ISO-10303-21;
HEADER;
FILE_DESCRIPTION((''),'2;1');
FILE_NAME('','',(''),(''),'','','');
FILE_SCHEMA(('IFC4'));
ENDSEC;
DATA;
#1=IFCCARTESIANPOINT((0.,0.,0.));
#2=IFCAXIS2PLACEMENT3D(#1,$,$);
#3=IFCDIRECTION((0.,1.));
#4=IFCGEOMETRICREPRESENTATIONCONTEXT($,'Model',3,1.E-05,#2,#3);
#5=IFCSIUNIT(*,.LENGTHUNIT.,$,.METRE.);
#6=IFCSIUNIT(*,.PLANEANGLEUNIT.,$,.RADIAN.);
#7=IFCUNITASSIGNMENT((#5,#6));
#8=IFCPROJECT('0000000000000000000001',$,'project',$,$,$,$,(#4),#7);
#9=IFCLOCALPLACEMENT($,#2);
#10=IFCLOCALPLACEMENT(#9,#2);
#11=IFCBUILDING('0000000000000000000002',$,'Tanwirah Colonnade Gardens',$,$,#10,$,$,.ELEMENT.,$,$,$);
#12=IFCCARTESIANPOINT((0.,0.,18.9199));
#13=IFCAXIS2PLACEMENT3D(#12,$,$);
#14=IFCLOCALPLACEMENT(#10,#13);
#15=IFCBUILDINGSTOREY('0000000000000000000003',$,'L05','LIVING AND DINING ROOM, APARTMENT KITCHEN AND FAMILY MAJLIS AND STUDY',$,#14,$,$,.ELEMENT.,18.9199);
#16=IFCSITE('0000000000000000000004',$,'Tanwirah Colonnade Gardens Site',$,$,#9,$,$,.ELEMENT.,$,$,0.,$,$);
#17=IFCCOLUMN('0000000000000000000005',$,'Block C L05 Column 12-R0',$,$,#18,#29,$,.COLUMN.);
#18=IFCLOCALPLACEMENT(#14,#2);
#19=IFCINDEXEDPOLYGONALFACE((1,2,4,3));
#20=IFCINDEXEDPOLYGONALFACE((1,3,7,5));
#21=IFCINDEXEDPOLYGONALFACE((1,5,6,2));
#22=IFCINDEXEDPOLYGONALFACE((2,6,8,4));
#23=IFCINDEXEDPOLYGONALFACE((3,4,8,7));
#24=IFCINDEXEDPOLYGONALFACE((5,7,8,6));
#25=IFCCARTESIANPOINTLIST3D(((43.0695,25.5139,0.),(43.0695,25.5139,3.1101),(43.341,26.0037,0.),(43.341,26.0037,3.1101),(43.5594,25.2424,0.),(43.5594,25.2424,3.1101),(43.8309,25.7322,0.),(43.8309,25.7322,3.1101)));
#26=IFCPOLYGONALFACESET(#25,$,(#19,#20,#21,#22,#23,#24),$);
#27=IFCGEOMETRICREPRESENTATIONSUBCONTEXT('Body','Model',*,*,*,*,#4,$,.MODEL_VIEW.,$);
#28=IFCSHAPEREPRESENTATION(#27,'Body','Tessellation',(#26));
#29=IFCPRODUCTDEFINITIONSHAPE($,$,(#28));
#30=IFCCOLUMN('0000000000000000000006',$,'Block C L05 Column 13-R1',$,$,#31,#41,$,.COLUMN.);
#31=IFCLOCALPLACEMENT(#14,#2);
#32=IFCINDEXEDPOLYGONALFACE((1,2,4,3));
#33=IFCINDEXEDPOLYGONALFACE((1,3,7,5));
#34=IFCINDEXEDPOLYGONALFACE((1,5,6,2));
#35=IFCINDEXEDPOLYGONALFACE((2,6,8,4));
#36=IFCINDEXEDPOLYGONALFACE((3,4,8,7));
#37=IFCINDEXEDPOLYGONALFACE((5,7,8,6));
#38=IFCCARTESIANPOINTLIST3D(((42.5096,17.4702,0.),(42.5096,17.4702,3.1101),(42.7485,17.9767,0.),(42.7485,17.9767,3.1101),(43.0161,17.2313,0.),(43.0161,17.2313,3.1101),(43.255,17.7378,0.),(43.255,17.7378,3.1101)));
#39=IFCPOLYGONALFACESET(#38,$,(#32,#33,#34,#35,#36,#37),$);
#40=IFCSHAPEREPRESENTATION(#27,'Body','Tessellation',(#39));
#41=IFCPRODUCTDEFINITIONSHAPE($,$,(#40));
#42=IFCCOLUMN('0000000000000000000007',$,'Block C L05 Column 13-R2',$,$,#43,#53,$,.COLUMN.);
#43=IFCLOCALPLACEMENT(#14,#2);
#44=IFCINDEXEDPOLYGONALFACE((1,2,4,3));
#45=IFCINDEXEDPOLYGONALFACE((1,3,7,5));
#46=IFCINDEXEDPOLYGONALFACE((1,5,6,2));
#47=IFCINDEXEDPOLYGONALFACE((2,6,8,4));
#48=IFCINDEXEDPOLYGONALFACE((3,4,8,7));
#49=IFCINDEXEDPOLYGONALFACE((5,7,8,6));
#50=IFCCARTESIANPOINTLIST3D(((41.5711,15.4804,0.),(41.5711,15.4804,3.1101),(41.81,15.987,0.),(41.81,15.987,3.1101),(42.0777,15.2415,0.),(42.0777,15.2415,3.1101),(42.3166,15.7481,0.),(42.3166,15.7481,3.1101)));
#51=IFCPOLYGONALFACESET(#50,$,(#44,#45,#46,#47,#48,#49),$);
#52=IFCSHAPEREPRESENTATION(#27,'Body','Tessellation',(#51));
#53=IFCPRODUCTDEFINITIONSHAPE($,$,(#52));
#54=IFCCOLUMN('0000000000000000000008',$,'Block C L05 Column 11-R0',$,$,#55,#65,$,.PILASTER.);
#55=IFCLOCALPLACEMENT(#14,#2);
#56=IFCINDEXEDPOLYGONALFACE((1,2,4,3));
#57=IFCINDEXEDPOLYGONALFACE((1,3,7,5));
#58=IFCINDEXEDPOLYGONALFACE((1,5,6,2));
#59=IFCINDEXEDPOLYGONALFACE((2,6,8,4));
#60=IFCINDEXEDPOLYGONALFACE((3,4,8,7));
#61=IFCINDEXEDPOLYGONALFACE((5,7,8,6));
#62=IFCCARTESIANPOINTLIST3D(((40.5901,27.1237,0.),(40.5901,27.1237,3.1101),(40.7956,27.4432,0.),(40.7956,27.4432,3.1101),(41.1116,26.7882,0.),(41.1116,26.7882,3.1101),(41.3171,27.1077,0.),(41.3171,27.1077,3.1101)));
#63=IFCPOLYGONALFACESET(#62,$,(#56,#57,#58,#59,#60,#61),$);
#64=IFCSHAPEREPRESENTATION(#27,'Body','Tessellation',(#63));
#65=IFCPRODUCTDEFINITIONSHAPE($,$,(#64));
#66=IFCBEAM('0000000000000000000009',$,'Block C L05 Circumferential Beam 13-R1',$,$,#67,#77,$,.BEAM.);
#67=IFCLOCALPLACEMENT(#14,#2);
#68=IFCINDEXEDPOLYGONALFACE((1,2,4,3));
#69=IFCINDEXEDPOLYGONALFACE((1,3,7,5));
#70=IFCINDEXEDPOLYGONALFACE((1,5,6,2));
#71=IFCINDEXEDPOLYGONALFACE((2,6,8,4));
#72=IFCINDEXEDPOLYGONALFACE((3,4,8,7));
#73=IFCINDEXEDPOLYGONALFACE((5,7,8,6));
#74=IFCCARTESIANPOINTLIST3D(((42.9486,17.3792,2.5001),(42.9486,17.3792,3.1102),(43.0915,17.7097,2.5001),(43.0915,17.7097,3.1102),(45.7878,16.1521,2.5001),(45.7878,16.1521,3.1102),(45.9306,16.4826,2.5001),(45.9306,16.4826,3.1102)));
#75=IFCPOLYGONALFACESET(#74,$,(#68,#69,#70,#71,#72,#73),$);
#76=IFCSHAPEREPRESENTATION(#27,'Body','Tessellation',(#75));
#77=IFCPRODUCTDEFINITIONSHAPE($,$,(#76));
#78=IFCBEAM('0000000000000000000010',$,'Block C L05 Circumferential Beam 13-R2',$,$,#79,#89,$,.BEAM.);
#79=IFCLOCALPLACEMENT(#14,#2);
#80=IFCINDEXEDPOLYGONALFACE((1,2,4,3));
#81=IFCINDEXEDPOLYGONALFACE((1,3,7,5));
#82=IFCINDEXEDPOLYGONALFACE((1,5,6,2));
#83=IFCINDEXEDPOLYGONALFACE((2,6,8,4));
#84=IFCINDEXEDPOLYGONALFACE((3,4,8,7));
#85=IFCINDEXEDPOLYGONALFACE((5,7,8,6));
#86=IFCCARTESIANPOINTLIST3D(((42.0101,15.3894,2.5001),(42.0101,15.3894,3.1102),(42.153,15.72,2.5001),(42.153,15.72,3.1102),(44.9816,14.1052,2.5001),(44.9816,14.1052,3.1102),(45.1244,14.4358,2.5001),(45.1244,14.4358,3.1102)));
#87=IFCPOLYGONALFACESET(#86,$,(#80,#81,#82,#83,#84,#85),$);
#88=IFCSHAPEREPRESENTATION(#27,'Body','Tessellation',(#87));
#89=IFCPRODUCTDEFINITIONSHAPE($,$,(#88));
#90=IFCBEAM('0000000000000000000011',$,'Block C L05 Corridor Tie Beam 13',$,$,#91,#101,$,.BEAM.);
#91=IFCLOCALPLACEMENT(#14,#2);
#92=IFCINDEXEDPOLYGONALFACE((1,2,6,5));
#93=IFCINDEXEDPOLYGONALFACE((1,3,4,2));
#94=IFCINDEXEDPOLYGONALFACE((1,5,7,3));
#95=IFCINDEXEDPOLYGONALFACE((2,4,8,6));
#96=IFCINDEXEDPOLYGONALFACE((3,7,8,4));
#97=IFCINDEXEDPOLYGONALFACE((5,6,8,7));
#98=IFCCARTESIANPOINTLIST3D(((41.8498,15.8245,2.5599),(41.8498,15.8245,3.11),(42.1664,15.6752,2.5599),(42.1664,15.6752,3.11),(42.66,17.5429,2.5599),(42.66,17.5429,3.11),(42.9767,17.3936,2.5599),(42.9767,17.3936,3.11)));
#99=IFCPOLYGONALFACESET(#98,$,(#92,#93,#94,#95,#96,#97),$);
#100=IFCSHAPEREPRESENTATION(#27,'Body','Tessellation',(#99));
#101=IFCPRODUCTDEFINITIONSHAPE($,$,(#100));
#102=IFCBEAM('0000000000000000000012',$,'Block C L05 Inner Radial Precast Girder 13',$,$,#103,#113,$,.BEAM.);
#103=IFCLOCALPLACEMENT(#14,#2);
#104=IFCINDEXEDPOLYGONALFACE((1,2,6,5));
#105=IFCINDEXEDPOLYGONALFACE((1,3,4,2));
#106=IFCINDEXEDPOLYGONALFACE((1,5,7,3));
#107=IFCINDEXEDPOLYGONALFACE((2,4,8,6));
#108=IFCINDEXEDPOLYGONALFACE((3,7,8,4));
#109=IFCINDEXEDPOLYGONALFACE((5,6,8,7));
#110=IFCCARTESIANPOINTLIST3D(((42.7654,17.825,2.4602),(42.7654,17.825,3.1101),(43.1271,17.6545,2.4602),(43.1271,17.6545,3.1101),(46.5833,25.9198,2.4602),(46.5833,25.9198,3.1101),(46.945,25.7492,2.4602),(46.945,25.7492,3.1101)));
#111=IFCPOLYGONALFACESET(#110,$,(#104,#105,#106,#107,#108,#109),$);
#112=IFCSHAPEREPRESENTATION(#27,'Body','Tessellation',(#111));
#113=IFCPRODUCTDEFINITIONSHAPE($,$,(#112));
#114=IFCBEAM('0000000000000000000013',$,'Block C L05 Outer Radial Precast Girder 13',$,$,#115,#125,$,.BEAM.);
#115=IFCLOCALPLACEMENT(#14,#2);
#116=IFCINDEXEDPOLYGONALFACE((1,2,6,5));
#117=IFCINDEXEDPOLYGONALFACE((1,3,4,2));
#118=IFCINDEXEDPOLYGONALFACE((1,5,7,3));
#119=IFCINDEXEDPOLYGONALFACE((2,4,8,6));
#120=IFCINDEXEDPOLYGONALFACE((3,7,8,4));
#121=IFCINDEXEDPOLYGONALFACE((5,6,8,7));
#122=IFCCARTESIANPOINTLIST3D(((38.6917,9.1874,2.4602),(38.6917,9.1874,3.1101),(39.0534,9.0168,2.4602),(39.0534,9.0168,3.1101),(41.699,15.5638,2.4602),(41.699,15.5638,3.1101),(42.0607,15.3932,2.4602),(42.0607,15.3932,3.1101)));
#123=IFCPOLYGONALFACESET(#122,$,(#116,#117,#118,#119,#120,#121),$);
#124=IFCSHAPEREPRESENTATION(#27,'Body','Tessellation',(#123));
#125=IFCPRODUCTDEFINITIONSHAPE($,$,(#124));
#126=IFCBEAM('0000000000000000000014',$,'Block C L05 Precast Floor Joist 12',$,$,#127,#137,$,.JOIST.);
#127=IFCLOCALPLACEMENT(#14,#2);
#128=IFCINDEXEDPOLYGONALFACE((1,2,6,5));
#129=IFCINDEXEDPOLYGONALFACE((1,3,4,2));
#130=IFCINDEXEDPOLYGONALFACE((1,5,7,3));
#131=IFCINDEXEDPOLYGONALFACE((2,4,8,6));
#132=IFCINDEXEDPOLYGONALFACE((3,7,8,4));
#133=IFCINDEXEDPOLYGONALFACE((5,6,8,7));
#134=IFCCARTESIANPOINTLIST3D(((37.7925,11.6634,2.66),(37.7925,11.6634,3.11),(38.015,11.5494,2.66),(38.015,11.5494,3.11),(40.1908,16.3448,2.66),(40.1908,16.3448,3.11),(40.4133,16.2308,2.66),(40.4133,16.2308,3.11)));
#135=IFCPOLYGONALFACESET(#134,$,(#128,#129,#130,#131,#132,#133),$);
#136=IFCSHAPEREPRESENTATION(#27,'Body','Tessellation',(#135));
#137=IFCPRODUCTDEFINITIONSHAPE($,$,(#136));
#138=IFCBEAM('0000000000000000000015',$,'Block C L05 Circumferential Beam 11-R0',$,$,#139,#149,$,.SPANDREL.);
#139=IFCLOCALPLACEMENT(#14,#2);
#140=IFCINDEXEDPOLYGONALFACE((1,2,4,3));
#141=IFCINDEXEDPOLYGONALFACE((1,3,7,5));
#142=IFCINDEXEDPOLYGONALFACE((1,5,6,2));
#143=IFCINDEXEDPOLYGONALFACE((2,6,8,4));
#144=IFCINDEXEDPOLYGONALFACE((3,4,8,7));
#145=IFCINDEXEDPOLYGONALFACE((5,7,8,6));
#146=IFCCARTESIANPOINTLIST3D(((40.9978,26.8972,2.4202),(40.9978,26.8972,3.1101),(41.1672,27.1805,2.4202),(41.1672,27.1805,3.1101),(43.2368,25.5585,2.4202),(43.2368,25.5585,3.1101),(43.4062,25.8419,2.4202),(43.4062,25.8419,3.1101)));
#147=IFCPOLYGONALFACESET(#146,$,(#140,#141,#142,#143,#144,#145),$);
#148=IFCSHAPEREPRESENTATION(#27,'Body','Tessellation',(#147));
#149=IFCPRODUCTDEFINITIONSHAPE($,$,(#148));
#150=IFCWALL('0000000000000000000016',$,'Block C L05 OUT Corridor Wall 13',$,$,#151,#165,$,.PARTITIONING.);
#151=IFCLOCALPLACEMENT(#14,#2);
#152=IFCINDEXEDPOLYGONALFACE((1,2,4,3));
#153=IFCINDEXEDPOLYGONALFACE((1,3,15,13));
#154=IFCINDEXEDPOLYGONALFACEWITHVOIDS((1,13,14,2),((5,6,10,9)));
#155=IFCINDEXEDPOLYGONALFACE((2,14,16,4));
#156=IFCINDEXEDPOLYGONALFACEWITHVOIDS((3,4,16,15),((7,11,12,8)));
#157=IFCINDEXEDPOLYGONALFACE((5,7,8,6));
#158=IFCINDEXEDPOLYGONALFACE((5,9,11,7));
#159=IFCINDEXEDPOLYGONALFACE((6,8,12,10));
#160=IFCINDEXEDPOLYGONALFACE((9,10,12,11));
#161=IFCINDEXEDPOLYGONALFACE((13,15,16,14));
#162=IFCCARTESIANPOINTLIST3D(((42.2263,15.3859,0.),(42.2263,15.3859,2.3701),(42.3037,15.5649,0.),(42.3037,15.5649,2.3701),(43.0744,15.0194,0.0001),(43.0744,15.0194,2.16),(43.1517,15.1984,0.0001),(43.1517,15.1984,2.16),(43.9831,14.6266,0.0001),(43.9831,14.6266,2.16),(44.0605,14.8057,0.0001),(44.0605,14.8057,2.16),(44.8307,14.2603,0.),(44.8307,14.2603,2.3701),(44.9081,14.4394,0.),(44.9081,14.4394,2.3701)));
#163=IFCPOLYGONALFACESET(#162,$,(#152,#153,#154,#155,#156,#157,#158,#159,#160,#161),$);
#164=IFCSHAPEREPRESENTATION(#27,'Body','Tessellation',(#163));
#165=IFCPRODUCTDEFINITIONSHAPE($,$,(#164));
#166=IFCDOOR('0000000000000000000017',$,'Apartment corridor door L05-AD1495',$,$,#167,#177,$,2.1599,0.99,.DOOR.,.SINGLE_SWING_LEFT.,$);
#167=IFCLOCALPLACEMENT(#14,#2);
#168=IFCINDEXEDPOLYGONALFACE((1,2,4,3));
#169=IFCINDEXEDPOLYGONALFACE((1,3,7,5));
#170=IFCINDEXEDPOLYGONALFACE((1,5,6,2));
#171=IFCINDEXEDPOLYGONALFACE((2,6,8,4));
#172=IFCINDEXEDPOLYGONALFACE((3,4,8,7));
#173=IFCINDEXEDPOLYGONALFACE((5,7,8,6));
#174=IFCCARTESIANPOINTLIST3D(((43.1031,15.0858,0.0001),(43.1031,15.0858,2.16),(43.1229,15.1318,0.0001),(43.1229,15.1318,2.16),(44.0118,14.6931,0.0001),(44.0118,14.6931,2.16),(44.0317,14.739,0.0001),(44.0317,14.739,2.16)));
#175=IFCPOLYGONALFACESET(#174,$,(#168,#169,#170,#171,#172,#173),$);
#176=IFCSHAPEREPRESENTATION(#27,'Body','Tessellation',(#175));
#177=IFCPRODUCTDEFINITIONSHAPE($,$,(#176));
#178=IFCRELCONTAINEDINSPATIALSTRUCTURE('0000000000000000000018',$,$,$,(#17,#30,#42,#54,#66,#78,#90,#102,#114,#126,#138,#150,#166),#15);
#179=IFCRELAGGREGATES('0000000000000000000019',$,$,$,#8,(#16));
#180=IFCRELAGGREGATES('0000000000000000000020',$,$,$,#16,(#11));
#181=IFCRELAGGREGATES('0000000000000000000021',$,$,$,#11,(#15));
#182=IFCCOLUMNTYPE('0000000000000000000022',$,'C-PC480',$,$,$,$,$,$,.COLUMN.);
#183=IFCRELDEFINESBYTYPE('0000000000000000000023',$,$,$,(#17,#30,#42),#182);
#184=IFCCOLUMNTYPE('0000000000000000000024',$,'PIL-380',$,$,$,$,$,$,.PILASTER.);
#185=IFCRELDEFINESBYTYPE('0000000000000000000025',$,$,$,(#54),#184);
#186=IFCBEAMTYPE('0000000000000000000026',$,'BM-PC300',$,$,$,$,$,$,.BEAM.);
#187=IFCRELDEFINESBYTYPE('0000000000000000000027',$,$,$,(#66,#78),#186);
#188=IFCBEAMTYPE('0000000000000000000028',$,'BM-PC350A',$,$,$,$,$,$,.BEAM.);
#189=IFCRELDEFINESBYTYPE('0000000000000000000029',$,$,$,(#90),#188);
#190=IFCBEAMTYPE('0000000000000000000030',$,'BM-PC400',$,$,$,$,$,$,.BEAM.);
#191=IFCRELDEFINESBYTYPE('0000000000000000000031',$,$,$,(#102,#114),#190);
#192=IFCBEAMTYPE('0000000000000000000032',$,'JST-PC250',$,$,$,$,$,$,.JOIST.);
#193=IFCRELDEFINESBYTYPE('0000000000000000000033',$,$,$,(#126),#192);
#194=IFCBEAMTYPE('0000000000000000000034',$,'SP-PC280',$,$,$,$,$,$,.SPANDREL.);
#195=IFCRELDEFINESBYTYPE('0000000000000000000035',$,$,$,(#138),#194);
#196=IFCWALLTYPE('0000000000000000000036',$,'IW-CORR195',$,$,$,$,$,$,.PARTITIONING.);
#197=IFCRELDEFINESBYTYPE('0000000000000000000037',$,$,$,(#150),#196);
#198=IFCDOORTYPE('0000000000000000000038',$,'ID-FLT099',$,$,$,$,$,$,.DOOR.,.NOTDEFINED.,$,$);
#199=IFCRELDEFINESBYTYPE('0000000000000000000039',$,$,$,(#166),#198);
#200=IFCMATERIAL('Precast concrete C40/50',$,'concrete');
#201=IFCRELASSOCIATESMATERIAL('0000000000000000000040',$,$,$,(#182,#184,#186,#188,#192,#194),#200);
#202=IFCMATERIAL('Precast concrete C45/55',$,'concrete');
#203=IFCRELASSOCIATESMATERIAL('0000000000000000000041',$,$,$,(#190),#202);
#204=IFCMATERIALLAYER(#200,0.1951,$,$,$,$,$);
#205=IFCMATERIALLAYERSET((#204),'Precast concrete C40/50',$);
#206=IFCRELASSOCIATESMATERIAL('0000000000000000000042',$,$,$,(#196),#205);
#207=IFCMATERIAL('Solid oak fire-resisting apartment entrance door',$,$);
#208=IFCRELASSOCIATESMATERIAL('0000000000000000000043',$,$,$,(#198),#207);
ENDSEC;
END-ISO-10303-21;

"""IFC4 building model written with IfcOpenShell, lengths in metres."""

from ifc_helpers import new_model, si_unit, direction, frame, frame_2d, origin, origin_2d, place, context, subcontext, project, spatial, rectangle, extrude, material, layer, layer_set, material_profile, profile_set, type_object, element, fill, save


model = new_model("IFC4")

# Units and contexts
model_context = context("Model", 3, precision=1e-05, world=origin(), true_north=direction((0.0, 1.0)))
body_context = subcontext(model_context, "Body", "Model", "MODEL_VIEW")
ifc_project = project(units=[si_unit("LENGTHUNIT", "METRE"), si_unit("PLANEANGLEUNIT", "RADIAN")], contexts=[model_context])

# Site, building, storey
site_placement = place(None, origin())
site = spatial("IfcSite", under=ifc_project, at=site_placement, Name="Tanwirah Colonnade Gardens Site", CompositionType="ELEMENT", RefElevation=0.0)
building_placement = place(site_placement, origin())
building = spatial("IfcBuilding", under=site, at=building_placement, Name="Tanwirah Colonnade Gardens", CompositionType="ELEMENT")
storey_placement = place(building_placement, frame((0.0, 0.0, 18.9199)))
storey = spatial("IfcBuildingStorey", under=building, at=storey_placement, Name="L05", Description="LIVING AND DINING ROOM, APARTMENT KITCHEN AND FAMILY MAJLIS AND STUDY", CompositionType="ELEMENT", Elevation=18.9199)

# Columns
ifc_material_1 = material(Name="Precast concrete C40/50", Category="concrete")
ifc_material_profile_1 = material_profile(ifc_material_1, rectangle(XDim=0.5601, YDim=0.5601, at=origin_2d()), Name="PC-COL 560x560")
ifc_profile_set_1 = profile_set([ifc_material_profile_1], Name="Precast concrete C40/50")
column_type_1 = type_object("IfcColumnType", Name="C-PC480", PredefinedType="COLUMN", material=ifc_profile_set_1)
for number, where, z_axis, x_axis, name in (
    (1, (43.4502, 25.623, 0.0), (0.0, 0.0, 1.0), (-0.48481, -0.87462, 0.0), "Block C L05 Column 12-R0"),
    (2, (42.8823, 17.604, 0.0), (0.0, 0.0, 1.0), (-0.426569, -0.904455, 0.0), "Block C L05 Column 13-R1"),
    (3, (41.9438, 15.6143, 0.0), (0.0, 0.0, 1.0), (-0.426569, -0.904455, 0.0), "Block C L05 Column 13-R2"),
):
    element("IfcColumn", number, at=place(storey_placement, frame(where, z_axis=z_axis, x_axis=x_axis)), inside=storey, type_object=column_type_1, Name=name, PredefinedType="COLUMN", context=body_context, shape_type="SweptSolid", body=[
        extrude(rectangle(XDim=0.5601, YDim=0.5601, at=origin_2d()), origin(), (0.0, 0.0, 1.0), 3.1101),
    ])
ifc_material_profile_2 = material_profile(ifc_material_1, rectangle(XDim=0.3799, YDim=0.6201, at=origin_2d()), Name="PC-PIL 380x620")
ifc_profile_set_2 = profile_set([ifc_material_profile_2], Name="Precast concrete C40/50")
column_type_2 = type_object("IfcColumnType", Name="PIL-380", PredefinedType="PILASTER", material=ifc_profile_set_2)
column_placement = place(storey_placement, frame((40.9536, 27.1157, 0.0), z_axis=(0.0, 0.0, 1.0), x_axis=(-0.540974, -0.841039, 0.0)))
element("IfcColumn", 4, at=column_placement, inside=storey, type_object=column_type_2, Name="Block C L05 Column 11-R0", PredefinedType="PILASTER", context=body_context, shape_type="SweptSolid", body=[
    extrude(rectangle(XDim=0.3799, YDim=0.6201, at=origin_2d()), origin(), (0.0, 0.0, 1.0), 3.1101),
])

# Beams
ifc_material_profile_3 = material_profile(ifc_material_1, rectangle(XDim=0.3601, YDim=0.6101, at=origin_2d()), Name="PC-BM 360x610")
ifc_profile_set_3 = profile_set([ifc_material_profile_3], Name="Precast concrete C40/50")
beam_type_1 = type_object("IfcBeamType", Name="BM-PC300", PredefinedType="BEAM", material=ifc_profile_set_3)
beam_1_placement = place(storey_placement, frame((43.02, 17.5444, 2.8052), z_axis=(0.917936, -0.396728, 0.0), x_axis=(0.396728, 0.917936, 0.0)))
element("IfcBeam", 5, at=beam_1_placement, inside=storey, type_object=beam_type_1, Name="Block C L05 Circumferential Beam 13-R1", PredefinedType="BEAM", context=body_context, shape_type="SweptSolid", body=[
    extrude(rectangle(XDim=0.3601, YDim=0.6101, at=origin_2d()), origin(), (0.0, 0.0, 1.0), 3.093),
])
beam_2_placement = place(storey_placement, frame((42.0815, 15.5547, 2.8052), z_axis=(0.917943, -0.396712, 0.0), x_axis=(0.396712, 0.917943, 0.0)))
element("IfcBeam", 6, at=beam_2_placement, inside=storey, type_object=beam_type_1, Name="Block C L05 Circumferential Beam 13-R2", PredefinedType="BEAM", context=body_context, shape_type="SweptSolid", body=[
    extrude(rectangle(XDim=0.3601, YDim=0.6101, at=origin_2d()), origin(), (0.0, 0.0, 1.0), 3.2371),
])
ifc_material_profile_4 = material_profile(ifc_material_1, rectangle(XDim=0.3501, YDim=0.55, at=origin_2d()), Name="PC-BM 350x550")
ifc_profile_set_4 = profile_set([ifc_material_profile_4], Name="Precast concrete C40/50")
beam_type_2 = type_object("IfcBeamType", Name="BM-PC350A", PredefinedType="BEAM", material=ifc_profile_set_4)
beam_3_placement = place(storey_placement, frame((42.8184, 17.4683, 2.835), z_axis=(-0.426484, -0.904495, 0.0), x_axis=(0.904495, -0.426484, 0.0)))
element("IfcBeam", 7, at=beam_3_placement, inside=storey, type_object=beam_type_2, Name="Block C L05 Corridor Tie Beam 13", PredefinedType="BEAM", context=body_context, shape_type="SweptSolid", body=[
    extrude(rectangle(XDim=0.3501, YDim=0.55, at=origin_2d()), origin(), (0.0, 0.0, 1.0), 1.8999),
])
ifc_material_2 = material(Name="Precast concrete C45/55", Category="concrete")
ifc_material_profile_5 = material_profile(ifc_material_2, rectangle(XDim=0.3999, YDim=0.6499, at=origin_2d()), Name="PC-BM 400x650")
ifc_profile_set_5 = profile_set([ifc_material_profile_5], Name="Precast concrete C45/55")
beam_type_3 = type_object("IfcBeamType", Name="BM-PC400", PredefinedType="BEAM", material=ifc_profile_set_5)
beam_4_placement = place(storey_placement, frame((42.9463, 17.7397, 2.7852), z_axis=(0.426582, 0.904449, 0.0), x_axis=(-0.904449, 0.426582, 0.0)))
element("IfcBeam", 8, at=beam_4_placement, inside=storey, type_object=beam_type_3, Name="Block C L05 Inner Radial Precast Girder 13", PredefinedType="BEAM", context=body_context, shape_type="SweptSolid", body=[
    extrude(rectangle(XDim=0.3999, YDim=0.6499, at=origin_2d()), origin(), (0.0, 0.0, 1.0), 8.95),
])
beam_5_placement = place(storey_placement, frame((41.8799, 15.4785, 2.7852), z_axis=(-0.426567, -0.904456, 0.0), x_axis=(0.904456, -0.426567, 0.0)))
element("IfcBeam", 9, at=beam_5_placement, inside=storey, type_object=beam_type_3, Name="Block C L05 Outer Radial Precast Girder 13", PredefinedType="BEAM", context=body_context, shape_type="SweptSolid", body=[
    extrude(rectangle(XDim=0.3999, YDim=0.6499, at=origin_2d()), origin(), (0.0, 0.0, 1.0), 7.05),
])
ifc_material_profile_6 = material_profile(ifc_material_1, rectangle(XDim=0.25, YDim=0.45, at=origin_2d()), Name="PC-JST 250x450")
ifc_profile_set_6 = profile_set([ifc_material_profile_6], Name="Precast concrete C40/50")
beam_type_4 = type_object("IfcBeamType", Name="JST-PC250", PredefinedType="JOIST", material=ifc_profile_set_6)
beam_6_placement = place(storey_placement, frame((40.302, 16.2878, 2.885), z_axis=(-0.455937, -0.890012, 0.0), x_axis=(0.890012, -0.455937, 0.0)))
element("IfcBeam", 10, at=beam_6_placement, inside=storey, type_object=beam_type_4, Name="Block C L05 Precast Floor Joist 12", PredefinedType="JOIST", context=body_context, shape_type="SweptSolid", body=[
    extrude(rectangle(XDim=0.25, YDim=0.45, at=origin_2d()), origin(), (0.0, 0.0, 1.0), 5.26),
])
ifc_material_profile_7 = material_profile(ifc_material_1, rectangle(XDim=0.3301, YDim=0.6899, at=origin_2d()), Name="PC-SP 330x690")
ifc_profile_set_7 = profile_set([ifc_material_profile_7], Name="Precast concrete C40/50")
beam_type_5 = type_object("IfcBeamType", Name="SP-PC280", PredefinedType="SPANDREL", material=ifc_profile_set_7)
beam_7_placement = place(storey_placement, frame((41.0825, 27.0388, 2.7651), z_axis=(0.858301, -0.513146, 0.0), x_axis=(0.513146, 0.858301, 0.0)))
element("IfcBeam", 11, at=beam_7_placement, inside=storey, type_object=beam_type_5, Name="Block C L05 Circumferential Beam 11-R0", PredefinedType="SPANDREL", context=body_context, shape_type="SweptSolid", body=[
    extrude(rectangle(XDim=0.3301, YDim=0.6899, at=origin_2d()), origin(), (0.0, 0.0, 1.0), 2.6086),
])

# Wall, opening, door
ifc_layer_1 = layer(ifc_material_1, 0.1951)
ifc_layer_set_1 = layer_set([ifc_layer_1], Name="Precast concrete C40/50")
wall_type_1 = type_object("IfcWallType", Name="IW-CORR195", PredefinedType="PARTITIONING", material=ifc_layer_set_1)
wall_1_placement = place(storey_placement, frame((42.2651, 15.4753, 0.0), z_axis=(0.0, 0.0, 1.0), x_axis=(0.917943, -0.396711, 0.0)))
wall_1 = element("IfcWall", 12, at=wall_1_placement, inside=storey, type_object=wall_type_1, Name="Block C L05 OUT Corridor Wall 13", PredefinedType="PARTITIONING", context=body_context, shape_type="SweptSolid", body=[
    extrude(rectangle(XDim=2.8372, YDim=0.1951, at=frame_2d((1.4185, 0.0))), origin(), (0.0, 0.0, 1.0), 2.3701),
])
opening_1_placement = place(wall_1_placement, frame((0.9236, 0.0, 0.0)))
opening_1 = element("IfcOpeningElement", 13, at=opening_1_placement, cuts=wall_1, PredefinedType="OPENING", context=body_context, shape_type="SweptSolid", body=[
    extrude(rectangle(XDim=0.99, YDim=2.1599, at=frame_2d((0.4951, 1.0801))), frame((0.0, 0.1074, 0.0), z_axis=(0.0, -1.0, 0.0), x_axis=(1.0, 0.0, 0.0)), (0.0, 0.0, 1.0), 0.2151),
])
ifc_material_3 = material(Name="Solid oak fire-resisting apartment entrance door")
door_type = type_object("IfcDoorType", Name="ID-FLT099", OperationType="NOTDEFINED", PredefinedType="DOOR", material=ifc_material_3)
door_1_placement = place(opening_1_placement, origin())
door_1 = element("IfcDoor", 14, at=door_1_placement, inside=storey, type_object=door_type, Name="Apartment corridor door L05-AD1495", OperationType="SINGLE_SWING_LEFT", OverallHeight=2.1599, OverallWidth=0.99, PredefinedType="DOOR", context=body_context, shape_type="SweptSolid", body=[
    extrude(rectangle(XDim=0.99, YDim=2.1599, at=frame_2d((0.4951, 1.0801))), frame((0.0, 0.0249, 0.0), z_axis=(0.0, -1.0, 0.0), x_axis=(1.0, 0.0, 0.0)), (0.0, 0.0, 1.0), 0.05),
])
fill(opening_1, door_1)

save(model, "model.ifc")
